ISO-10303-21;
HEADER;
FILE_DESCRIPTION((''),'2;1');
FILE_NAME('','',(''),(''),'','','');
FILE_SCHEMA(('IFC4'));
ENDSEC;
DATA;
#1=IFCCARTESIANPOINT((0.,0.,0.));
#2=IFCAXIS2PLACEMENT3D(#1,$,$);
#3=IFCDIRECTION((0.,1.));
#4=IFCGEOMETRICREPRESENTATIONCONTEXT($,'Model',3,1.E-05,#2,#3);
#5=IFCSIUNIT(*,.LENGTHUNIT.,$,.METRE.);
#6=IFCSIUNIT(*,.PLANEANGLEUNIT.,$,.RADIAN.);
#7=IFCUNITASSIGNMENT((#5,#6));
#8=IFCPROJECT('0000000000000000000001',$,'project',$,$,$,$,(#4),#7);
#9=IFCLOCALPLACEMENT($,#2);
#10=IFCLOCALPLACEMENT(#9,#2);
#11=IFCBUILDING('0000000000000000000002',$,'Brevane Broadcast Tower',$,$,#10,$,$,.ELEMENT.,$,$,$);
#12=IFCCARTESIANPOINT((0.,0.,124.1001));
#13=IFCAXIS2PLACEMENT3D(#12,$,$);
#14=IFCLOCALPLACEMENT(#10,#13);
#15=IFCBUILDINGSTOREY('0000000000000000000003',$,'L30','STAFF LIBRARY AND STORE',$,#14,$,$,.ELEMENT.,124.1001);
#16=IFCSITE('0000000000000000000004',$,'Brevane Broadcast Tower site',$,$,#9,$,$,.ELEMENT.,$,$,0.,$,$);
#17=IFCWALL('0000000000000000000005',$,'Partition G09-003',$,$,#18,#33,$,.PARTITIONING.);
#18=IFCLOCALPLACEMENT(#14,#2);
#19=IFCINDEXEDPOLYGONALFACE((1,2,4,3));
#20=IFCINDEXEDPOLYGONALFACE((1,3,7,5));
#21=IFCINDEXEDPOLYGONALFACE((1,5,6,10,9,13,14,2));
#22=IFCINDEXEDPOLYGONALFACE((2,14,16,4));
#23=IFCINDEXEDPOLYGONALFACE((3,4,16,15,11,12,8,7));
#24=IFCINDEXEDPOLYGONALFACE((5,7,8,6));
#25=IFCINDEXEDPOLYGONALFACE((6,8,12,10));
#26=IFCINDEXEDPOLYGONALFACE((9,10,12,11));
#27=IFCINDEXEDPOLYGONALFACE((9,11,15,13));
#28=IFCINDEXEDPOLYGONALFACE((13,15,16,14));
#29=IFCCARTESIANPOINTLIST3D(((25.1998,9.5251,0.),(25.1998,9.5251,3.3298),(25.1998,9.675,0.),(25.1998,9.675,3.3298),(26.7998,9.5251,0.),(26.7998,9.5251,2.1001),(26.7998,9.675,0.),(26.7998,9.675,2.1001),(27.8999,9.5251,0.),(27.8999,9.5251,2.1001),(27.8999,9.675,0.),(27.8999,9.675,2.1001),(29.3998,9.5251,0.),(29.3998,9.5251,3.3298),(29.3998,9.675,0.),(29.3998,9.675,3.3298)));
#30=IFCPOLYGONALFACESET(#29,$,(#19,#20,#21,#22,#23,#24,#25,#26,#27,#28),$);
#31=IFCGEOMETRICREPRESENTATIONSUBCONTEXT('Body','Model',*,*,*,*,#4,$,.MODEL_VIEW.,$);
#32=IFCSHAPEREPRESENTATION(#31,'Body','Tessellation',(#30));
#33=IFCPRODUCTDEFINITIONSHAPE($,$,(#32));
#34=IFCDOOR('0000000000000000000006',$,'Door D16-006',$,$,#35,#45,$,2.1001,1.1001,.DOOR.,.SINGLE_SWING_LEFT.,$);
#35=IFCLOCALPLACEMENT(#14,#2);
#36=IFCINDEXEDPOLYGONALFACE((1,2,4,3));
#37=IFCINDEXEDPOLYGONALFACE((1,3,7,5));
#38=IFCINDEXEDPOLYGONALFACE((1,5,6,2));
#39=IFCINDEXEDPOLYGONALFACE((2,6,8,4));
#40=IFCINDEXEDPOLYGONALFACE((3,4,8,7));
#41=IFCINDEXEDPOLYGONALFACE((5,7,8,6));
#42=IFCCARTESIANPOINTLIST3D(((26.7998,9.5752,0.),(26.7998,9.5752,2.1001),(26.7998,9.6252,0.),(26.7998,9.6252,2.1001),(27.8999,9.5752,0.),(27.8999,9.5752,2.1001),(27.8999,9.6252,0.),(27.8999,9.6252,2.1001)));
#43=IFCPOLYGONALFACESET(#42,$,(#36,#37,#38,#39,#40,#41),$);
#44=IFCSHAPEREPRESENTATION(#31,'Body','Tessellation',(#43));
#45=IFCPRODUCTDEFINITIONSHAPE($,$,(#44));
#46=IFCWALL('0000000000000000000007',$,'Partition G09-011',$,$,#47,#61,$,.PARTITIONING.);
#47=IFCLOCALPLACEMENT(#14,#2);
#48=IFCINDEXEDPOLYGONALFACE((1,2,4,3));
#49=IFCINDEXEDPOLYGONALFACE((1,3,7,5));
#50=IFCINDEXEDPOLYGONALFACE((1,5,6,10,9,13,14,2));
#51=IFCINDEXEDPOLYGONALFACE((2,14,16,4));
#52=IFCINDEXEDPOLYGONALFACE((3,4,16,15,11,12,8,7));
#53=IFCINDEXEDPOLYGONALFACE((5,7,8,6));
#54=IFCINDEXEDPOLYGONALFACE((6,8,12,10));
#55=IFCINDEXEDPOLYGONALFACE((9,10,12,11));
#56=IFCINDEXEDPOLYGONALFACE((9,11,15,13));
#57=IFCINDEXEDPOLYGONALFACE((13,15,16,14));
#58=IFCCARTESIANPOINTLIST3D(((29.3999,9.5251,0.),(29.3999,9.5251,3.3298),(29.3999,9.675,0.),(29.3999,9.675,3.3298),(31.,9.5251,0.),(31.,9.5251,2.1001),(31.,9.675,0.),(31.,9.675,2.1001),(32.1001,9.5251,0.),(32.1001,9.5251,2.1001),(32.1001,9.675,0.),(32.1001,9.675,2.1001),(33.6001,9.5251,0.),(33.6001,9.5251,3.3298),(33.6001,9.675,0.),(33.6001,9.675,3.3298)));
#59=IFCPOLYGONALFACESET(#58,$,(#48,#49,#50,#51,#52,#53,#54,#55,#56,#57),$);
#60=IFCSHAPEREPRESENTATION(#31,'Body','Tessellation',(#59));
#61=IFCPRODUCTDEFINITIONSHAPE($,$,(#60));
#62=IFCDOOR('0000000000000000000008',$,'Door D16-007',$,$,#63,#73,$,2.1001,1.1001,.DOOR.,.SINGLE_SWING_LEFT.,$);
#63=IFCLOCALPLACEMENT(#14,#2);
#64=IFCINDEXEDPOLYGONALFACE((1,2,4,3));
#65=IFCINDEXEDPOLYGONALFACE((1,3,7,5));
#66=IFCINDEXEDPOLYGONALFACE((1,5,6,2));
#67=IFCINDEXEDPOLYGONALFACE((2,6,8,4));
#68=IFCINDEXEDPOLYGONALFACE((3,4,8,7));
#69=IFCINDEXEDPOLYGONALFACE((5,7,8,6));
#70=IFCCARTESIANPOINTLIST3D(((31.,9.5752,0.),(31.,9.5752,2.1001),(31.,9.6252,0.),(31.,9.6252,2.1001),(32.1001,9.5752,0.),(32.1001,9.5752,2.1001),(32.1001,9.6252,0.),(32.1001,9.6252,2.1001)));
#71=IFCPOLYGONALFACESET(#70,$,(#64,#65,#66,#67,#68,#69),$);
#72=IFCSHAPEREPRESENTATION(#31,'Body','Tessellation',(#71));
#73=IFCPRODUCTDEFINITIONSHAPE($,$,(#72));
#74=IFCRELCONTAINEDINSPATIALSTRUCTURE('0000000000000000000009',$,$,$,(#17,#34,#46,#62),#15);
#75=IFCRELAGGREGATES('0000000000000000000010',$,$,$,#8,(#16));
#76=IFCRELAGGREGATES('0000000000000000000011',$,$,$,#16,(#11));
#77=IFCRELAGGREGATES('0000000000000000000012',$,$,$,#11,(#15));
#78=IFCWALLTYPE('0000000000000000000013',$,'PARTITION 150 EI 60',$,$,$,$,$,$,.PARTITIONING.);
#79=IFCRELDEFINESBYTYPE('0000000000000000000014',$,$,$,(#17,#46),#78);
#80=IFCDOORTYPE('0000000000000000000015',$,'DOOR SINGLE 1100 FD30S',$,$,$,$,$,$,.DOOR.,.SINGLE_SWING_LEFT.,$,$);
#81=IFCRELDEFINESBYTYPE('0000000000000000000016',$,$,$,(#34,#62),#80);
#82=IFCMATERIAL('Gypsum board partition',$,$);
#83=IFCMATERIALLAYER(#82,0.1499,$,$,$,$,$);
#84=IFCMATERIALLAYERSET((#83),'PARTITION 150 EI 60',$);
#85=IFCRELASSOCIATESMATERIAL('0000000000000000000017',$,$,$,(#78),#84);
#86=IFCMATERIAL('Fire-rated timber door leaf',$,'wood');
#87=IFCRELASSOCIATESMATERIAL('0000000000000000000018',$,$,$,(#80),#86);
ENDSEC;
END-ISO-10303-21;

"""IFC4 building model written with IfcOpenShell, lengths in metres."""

from ifc_helpers import new_model, si_unit, direction, frame, frame_2d, origin, place, context, subcontext, project, spatial, rectangle, extrude, material, layer, layer_set, type_object, element, fill, save


model = new_model("IFC4")

# Units and contexts
model_context = context("Model", 3, precision=1e-05, world=origin(), true_north=direction((0.0, 1.0)))
body_context = subcontext(model_context, "Body", "Model", "MODEL_VIEW")
ifc_project = project(units=[si_unit("LENGTHUNIT", "METRE"), si_unit("PLANEANGLEUNIT", "RADIAN")], contexts=[model_context])

# Site, building, storey
site_placement = place(None, origin())
site = spatial("IfcSite", under=ifc_project, at=site_placement, Name="Brevane Broadcast Tower site", CompositionType="ELEMENT", RefElevation=0.0)
building_placement = place(site_placement, origin())
building = spatial("IfcBuilding", under=site, at=building_placement, Name="Brevane Broadcast Tower", CompositionType="ELEMENT")
storey_placement = place(building_placement, frame((0.0, 0.0, 124.1001)))
storey = spatial("IfcBuildingStorey", under=building, at=storey_placement, Name="L30", Description="STAFF LIBRARY AND STORE", CompositionType="ELEMENT", Elevation=124.1001)

# Shared definitions
ifc_material_1 = material(Name="Gypsum board partition")

# Walls, openings, doors
ifc_layer_1 = layer(ifc_material_1, 0.1499)
ifc_layer_set_1 = layer_set([ifc_layer_1], Name="PARTITION 150 EI 60")
wall_type_1 = type_object("IfcWallType", Name="PARTITION 150 EI 60", PredefinedType="PARTITIONING", material=ifc_layer_set_1)
wall_1_placement = place(storey_placement, frame((29.3999, 9.6001, 0.0), z_axis=(0.0, 0.0, 1.0), x_axis=(-1.0, 0.0, 0.0)))
wall_1 = element("IfcWall", 1, at=wall_1_placement, inside=storey, type_object=wall_type_1, Name="Partition G09-003", PredefinedType="PARTITIONING", context=body_context, shape_type="SweptSolid", body=[
    extrude(rectangle(XDim=4.2, YDim=0.1499, at=frame_2d((2.1001, 0.0))), origin(), (0.0, 0.0, 1.0), 3.3298),
])
opening_1_placement = place(wall_1_placement, frame((1.5, 0.0, 0.0)))
opening_1 = element("IfcOpeningElement", 2, at=opening_1_placement, cuts=wall_1, PredefinedType="OPENING", context=body_context, shape_type="SweptSolid", body=[
    extrude(rectangle(XDim=1.1001, YDim=2.1001, at=frame_2d((0.55, 1.05))), frame((0.0, 0.085, 0.0), z_axis=(0.0, -1.0, 0.0), x_axis=(1.0, 0.0, 0.0)), (0.0, 0.0, 1.0), 0.1699),
])
ifc_material_2 = material(Name="Fire-rated timber door leaf", Category="wood")
door_type = type_object("IfcDoorType", Name="DOOR SINGLE 1100 FD30S", OperationType="SINGLE_SWING_LEFT", PredefinedType="DOOR", material=ifc_material_2)
door_1_placement = place(opening_1_placement, origin())
door_1 = element("IfcDoor", 3, at=door_1_placement, inside=storey, type_object=door_type, Name="Door D16-006", OperationType="SINGLE_SWING_LEFT", OverallHeight=2.1001, OverallWidth=1.1001, PredefinedType="DOOR", context=body_context, shape_type="SweptSolid", body=[
    extrude(rectangle(XDim=1.1001, YDim=2.1001, at=frame_2d((0.55, 1.05))), frame((0.0, 0.0249, 0.0), z_axis=(0.0, -1.0, 0.0), x_axis=(1.0, 0.0, 0.0)), (0.0, 0.0, 1.0), 0.05),
])
fill(opening_1, door_1)
wall_2_placement = place(storey_placement, frame((33.6001, 9.6001, 0.0), z_axis=(0.0, 0.0, 1.0), x_axis=(-1.0, 0.0, 0.0)))
wall_2 = element("IfcWall", 4, at=wall_2_placement, inside=storey, type_object=wall_type_1, Name="Partition G09-011", PredefinedType="PARTITIONING", context=body_context, shape_type="SweptSolid", body=[
    extrude(rectangle(XDim=4.2002, YDim=0.1499, at=frame_2d((2.1001, 0.0))), origin(), (0.0, 0.0, 1.0), 3.3298),
])
opening_2_placement = place(wall_2_placement, frame((1.5, 0.0, 0.0)))
opening_2 = element("IfcOpeningElement", 5, at=opening_2_placement, cuts=wall_2, PredefinedType="OPENING", context=body_context, shape_type="SweptSolid", body=[
    extrude(rectangle(XDim=1.1001, YDim=2.1001, at=frame_2d((0.55, 1.05))), frame((0.0, 0.085, 0.0), z_axis=(0.0, -1.0, 0.0), x_axis=(1.0, 0.0, 0.0)), (0.0, 0.0, 1.0), 0.1699),
])
door_2_placement = place(opening_2_placement, origin())
door_2 = element("IfcDoor", 6, at=door_2_placement, inside=storey, type_object=door_type, Name="Door D16-007", OperationType="SINGLE_SWING_LEFT", OverallHeight=2.1001, OverallWidth=1.1001, PredefinedType="DOOR", context=body_context, shape_type="SweptSolid", body=[
    extrude(rectangle(XDim=1.1001, YDim=2.1001, at=frame_2d((0.55, 1.05))), frame((0.0, 0.0249, 0.0), z_axis=(0.0, -1.0, 0.0), x_axis=(1.0, 0.0, 0.0)), (0.0, 0.0, 1.0), 0.05),
])
fill(opening_2, door_2)

save(model, "model.ifc")
